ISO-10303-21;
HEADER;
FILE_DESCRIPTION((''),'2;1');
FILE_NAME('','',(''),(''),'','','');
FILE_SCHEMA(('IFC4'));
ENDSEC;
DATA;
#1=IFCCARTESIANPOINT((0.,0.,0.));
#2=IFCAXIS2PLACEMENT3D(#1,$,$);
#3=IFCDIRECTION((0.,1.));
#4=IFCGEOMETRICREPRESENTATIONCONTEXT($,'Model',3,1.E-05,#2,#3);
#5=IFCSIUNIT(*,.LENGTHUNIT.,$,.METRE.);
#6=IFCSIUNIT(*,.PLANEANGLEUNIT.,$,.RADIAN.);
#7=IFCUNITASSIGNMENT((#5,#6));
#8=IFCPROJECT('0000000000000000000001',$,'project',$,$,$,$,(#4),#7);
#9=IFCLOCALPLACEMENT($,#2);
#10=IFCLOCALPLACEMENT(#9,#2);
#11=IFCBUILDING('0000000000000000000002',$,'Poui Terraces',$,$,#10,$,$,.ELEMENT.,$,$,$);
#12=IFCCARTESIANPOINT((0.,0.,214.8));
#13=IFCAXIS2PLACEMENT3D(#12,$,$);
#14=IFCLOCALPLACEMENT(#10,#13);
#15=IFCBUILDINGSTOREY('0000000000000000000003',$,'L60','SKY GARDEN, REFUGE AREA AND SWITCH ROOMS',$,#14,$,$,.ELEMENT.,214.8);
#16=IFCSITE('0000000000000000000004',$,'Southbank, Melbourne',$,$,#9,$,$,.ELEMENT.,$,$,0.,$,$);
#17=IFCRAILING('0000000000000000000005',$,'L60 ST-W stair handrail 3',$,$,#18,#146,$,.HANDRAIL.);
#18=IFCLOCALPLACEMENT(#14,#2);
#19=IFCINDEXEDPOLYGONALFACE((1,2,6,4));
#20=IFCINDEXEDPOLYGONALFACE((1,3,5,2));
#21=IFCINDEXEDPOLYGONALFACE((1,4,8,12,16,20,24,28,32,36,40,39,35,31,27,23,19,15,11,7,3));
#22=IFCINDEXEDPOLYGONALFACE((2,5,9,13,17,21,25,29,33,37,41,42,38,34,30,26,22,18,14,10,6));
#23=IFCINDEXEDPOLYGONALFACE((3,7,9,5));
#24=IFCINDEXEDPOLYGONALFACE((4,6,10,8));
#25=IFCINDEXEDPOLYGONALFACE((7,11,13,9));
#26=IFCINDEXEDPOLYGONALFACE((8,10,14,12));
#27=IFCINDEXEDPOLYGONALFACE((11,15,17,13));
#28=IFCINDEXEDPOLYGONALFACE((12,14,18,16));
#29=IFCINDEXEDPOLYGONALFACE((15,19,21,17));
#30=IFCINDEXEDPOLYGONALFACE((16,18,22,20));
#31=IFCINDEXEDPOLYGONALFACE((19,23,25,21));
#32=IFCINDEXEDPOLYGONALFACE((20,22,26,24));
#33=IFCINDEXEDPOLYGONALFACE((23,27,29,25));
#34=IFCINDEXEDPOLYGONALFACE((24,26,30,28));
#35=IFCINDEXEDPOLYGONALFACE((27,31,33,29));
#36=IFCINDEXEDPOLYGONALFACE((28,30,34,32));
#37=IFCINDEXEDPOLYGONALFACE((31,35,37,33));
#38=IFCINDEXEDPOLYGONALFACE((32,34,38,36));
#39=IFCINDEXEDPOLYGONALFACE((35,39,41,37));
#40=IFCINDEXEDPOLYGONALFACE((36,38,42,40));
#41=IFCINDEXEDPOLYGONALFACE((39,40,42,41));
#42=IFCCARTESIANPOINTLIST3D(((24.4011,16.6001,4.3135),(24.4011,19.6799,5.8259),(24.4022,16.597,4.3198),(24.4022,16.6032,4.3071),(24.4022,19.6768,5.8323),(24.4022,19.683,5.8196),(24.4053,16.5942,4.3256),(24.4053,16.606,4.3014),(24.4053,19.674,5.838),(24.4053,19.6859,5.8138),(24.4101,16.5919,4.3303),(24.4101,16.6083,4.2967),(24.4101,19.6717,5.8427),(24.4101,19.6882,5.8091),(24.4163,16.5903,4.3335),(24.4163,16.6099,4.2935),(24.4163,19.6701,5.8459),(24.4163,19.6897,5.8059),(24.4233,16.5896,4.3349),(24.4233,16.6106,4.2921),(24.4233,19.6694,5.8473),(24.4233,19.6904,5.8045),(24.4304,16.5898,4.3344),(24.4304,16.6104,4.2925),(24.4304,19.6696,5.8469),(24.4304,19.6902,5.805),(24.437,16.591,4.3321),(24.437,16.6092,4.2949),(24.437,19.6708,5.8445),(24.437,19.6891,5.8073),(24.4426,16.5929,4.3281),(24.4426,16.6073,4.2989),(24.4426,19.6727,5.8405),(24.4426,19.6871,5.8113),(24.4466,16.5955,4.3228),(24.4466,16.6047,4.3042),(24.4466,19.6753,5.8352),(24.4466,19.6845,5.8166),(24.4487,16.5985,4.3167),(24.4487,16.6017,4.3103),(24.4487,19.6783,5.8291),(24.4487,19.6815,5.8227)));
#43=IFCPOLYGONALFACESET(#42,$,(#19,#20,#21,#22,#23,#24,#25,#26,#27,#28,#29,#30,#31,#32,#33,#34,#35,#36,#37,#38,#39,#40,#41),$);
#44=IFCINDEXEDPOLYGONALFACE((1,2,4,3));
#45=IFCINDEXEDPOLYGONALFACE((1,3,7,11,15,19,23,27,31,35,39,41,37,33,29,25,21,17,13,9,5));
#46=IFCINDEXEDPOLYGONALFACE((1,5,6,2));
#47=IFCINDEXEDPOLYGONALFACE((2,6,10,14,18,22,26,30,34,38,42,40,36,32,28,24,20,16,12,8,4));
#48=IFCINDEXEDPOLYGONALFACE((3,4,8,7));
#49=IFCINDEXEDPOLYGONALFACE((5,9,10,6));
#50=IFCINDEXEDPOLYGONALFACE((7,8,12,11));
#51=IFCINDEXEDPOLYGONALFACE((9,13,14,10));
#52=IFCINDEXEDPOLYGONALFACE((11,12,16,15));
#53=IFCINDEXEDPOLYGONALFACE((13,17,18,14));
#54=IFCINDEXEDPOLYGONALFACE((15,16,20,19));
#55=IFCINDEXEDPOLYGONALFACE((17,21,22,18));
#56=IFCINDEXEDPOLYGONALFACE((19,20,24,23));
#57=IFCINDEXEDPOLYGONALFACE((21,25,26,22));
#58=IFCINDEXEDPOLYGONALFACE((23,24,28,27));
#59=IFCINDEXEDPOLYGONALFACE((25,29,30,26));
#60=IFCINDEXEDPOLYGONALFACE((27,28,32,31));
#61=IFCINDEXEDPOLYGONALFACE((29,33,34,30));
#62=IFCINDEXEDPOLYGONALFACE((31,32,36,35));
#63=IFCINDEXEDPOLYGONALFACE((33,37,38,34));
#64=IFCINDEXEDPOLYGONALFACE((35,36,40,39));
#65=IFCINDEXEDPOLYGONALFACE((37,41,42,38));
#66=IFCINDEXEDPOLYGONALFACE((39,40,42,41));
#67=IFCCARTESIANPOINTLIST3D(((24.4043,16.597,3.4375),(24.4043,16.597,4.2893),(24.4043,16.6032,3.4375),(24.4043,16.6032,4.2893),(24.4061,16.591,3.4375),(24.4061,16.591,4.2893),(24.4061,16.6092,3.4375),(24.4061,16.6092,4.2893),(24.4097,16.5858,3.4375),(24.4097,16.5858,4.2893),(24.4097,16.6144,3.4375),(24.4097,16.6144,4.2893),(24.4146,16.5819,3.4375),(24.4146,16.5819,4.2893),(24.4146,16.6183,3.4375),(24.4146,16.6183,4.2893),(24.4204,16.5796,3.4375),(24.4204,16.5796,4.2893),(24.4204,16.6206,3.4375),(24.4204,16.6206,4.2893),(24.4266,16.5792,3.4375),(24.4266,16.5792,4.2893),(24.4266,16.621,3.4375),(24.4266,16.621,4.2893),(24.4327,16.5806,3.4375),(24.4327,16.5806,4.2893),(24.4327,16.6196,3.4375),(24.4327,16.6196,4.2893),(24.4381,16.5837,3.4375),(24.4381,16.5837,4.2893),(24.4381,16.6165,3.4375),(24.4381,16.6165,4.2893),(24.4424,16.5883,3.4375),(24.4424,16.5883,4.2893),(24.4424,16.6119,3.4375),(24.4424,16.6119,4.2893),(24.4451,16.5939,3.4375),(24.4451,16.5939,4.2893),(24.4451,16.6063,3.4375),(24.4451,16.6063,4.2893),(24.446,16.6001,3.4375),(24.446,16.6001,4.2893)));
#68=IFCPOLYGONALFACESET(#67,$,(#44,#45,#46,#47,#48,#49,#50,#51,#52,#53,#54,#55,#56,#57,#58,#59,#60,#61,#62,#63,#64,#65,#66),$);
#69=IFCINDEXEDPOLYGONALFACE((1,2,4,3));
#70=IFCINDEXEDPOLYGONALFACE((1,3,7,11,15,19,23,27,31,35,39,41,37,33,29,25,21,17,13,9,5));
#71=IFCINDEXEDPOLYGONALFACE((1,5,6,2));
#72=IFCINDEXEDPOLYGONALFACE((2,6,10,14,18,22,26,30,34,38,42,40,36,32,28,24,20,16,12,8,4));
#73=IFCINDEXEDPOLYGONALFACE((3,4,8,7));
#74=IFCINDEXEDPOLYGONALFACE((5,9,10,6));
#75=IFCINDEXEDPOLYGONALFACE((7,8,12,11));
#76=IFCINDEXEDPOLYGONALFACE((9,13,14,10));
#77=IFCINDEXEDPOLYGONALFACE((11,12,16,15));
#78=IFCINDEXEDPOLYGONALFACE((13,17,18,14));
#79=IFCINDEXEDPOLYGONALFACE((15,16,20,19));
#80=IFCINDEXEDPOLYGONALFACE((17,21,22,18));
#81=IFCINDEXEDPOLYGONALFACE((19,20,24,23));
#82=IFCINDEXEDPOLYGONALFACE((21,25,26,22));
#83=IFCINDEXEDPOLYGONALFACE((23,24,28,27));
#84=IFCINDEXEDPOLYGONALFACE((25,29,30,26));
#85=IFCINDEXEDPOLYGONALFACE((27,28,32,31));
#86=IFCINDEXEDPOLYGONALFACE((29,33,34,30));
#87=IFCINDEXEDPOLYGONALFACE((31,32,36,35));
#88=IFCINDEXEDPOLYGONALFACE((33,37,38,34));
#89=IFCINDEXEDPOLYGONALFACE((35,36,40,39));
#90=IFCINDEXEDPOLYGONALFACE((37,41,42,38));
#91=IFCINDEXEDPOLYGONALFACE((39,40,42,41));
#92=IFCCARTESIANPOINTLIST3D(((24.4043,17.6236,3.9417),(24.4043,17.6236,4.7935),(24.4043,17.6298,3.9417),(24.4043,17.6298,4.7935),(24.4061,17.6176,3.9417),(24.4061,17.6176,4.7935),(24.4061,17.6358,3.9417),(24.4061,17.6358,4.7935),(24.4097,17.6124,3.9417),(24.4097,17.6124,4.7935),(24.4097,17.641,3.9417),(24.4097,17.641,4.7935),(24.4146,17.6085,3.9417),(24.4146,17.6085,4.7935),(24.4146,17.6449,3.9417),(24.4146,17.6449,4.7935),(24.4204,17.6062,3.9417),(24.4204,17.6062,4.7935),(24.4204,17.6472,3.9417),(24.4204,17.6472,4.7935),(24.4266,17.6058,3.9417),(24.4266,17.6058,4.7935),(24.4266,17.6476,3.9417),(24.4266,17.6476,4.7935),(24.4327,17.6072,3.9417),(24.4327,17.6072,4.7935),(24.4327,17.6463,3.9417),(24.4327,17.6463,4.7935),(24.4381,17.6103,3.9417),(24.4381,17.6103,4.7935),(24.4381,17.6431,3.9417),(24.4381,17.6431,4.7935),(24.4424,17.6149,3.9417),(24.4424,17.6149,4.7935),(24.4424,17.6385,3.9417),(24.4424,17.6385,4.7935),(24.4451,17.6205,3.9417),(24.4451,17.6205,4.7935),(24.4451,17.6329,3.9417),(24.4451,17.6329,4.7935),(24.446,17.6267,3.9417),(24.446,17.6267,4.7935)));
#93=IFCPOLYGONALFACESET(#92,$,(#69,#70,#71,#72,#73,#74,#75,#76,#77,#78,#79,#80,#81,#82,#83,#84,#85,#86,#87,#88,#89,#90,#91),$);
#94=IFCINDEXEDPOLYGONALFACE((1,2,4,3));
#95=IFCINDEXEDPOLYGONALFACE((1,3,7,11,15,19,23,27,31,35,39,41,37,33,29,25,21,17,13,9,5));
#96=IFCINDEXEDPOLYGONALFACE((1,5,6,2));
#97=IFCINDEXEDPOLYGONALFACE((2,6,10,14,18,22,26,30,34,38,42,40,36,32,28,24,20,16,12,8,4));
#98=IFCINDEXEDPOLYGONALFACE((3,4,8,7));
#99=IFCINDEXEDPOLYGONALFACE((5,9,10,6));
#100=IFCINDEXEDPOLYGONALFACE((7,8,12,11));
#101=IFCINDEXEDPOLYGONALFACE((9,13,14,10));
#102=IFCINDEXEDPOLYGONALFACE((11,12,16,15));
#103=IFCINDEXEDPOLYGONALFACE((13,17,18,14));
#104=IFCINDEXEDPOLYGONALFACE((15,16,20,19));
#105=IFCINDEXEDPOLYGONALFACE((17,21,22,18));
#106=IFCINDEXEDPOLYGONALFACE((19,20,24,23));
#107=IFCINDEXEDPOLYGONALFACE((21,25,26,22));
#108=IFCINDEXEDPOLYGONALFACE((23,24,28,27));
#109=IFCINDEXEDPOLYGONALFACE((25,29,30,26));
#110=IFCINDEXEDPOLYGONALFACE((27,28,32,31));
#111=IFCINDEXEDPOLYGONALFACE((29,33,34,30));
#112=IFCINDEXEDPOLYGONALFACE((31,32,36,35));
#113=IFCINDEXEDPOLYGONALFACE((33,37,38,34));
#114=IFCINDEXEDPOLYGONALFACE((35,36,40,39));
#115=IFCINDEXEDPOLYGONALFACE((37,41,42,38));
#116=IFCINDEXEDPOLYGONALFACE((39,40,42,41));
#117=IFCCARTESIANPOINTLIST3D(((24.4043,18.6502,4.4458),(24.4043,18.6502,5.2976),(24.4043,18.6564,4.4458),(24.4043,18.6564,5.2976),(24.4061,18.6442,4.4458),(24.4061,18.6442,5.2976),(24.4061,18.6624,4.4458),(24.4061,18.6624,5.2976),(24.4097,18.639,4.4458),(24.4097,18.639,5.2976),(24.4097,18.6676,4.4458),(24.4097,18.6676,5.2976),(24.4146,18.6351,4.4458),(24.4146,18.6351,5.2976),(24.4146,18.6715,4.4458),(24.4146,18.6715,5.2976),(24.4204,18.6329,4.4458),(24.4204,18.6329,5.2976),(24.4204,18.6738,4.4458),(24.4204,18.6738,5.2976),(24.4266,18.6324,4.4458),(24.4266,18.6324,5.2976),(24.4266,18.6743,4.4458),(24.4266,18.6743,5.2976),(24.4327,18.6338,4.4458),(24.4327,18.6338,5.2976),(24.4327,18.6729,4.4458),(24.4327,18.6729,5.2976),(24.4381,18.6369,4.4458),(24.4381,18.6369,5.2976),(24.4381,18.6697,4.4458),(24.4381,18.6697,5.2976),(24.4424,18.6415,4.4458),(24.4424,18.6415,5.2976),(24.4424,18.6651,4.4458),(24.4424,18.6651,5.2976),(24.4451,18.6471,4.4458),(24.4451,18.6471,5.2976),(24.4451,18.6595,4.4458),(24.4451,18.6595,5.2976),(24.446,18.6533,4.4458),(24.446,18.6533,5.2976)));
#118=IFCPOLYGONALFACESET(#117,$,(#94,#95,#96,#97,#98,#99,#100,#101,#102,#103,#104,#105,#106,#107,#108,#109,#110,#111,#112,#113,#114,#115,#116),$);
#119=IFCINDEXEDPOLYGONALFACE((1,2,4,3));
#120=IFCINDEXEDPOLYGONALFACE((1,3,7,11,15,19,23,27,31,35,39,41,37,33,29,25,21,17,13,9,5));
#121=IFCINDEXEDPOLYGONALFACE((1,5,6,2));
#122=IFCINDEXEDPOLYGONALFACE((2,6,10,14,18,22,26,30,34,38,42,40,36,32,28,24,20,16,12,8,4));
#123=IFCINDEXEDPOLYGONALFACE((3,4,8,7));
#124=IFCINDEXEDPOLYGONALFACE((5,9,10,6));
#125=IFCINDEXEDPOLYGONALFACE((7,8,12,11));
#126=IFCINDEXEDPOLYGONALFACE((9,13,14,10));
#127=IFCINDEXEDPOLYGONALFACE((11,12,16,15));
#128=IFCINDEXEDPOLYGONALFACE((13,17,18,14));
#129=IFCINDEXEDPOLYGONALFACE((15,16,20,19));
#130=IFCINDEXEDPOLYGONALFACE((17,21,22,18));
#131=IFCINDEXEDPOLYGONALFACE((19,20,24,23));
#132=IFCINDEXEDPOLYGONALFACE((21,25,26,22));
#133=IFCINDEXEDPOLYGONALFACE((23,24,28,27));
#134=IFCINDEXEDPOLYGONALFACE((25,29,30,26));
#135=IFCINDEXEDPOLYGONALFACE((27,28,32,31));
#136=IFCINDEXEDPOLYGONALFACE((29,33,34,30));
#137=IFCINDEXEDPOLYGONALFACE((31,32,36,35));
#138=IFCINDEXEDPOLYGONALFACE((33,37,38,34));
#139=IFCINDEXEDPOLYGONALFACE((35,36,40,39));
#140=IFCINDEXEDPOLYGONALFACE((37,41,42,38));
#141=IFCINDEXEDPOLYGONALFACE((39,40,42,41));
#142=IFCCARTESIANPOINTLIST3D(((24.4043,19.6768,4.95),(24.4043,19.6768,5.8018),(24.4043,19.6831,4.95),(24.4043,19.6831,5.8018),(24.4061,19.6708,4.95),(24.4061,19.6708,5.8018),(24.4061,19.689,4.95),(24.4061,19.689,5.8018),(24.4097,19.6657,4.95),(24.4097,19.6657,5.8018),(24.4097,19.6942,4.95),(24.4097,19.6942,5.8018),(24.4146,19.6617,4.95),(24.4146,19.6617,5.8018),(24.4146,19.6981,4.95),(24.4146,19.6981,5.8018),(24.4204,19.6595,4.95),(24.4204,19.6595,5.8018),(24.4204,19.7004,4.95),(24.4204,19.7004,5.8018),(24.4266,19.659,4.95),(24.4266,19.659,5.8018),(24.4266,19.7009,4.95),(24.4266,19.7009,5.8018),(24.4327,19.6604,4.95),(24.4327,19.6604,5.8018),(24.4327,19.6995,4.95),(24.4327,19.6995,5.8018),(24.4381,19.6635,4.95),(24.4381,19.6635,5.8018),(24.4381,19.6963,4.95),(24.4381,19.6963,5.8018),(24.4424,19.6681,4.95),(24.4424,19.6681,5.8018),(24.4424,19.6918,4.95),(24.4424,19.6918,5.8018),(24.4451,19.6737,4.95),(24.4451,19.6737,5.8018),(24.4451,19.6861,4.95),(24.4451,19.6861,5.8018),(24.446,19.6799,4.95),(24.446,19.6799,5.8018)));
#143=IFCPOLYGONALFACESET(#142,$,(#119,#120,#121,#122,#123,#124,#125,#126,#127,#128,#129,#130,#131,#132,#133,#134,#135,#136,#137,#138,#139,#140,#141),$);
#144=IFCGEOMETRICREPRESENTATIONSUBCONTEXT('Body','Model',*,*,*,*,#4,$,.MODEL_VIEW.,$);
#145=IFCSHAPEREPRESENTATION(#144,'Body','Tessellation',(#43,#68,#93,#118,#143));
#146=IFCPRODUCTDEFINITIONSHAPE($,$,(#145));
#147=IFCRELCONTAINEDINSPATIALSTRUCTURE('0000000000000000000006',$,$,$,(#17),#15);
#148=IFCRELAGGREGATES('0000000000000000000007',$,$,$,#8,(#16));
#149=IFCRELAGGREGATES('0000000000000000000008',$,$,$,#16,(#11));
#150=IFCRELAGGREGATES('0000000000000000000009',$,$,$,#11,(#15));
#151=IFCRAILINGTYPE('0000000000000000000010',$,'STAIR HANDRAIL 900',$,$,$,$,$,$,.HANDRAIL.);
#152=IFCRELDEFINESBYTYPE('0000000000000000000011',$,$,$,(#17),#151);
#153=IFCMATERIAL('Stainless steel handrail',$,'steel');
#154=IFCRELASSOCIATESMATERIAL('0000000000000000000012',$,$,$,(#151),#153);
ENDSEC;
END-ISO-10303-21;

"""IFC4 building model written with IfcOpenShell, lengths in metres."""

from ifc_helpers import new_model, si_unit, direction, frame, origin, origin_2d, place, context, subcontext, project, spatial, circle, extrude, material, type_object, element, save


model = new_model("IFC4")

# Units and contexts
model_context = context("Model", 3, precision=1e-05, world=origin(), true_north=direction((0.0, 1.0)))
body_context = subcontext(model_context, "Body", "Model", "MODEL_VIEW")
ifc_project = project(units=[si_unit("LENGTHUNIT", "METRE"), si_unit("PLANEANGLEUNIT", "RADIAN")], contexts=[model_context])

# Site, building, storey
site_placement = place(None, origin())
site = spatial("IfcSite", under=ifc_project, at=site_placement, Name="Southbank, Melbourne", CompositionType="ELEMENT", RefElevation=0.0)
building_placement = place(site_placement, origin())
building = spatial("IfcBuilding", under=site, at=building_placement, Name="Poui Terraces", CompositionType="ELEMENT")
storey_placement = place(building_placement, frame((0.0, 0.0, 214.8)))
storey = spatial("IfcBuildingStorey", under=building, at=storey_placement, Name="L60", Description="SKY GARDEN, REFUGE AREA AND SWITCH ROOMS", CompositionType="ELEMENT", Elevation=214.8)

# Railing
ifc_material_1 = material(Name="Stainless steel handrail", Category="steel")
railing_type_1 = type_object("IfcRailingType", Name="STAIR HANDRAIL 900", PredefinedType="HANDRAIL", material=ifc_material_1)
for number, where, name in (
    (1, (24.425, 16.6001, 3.4375), "L60 ST-W stair handrail 3"),
):
    element("IfcRailing", number, at=place(storey_placement, frame(where)), inside=storey, type_object=railing_type_1, Name=name, PredefinedType="HANDRAIL", context=body_context, shape_type="SweptSolid", body=[
        extrude(circle(Radius=0.0239, at=origin_2d()), frame((0.0, 0.0, 0.876), z_axis=(0.0, 0.897606, 0.440798), x_axis=(-1.0, 0.0, 0.0)), (0.0, 0.0, 1.0), 3.4312),
        extrude(circle(Radius=0.021, at=origin_2d()), origin(), (0.0, 0.0, 1.0), 0.8518),
        extrude(circle(Radius=0.021, at=origin_2d()), frame((0.0, 1.0266, 0.5042)), (0.0, 0.0, 1.0), 0.8518),
        extrude(circle(Radius=0.021, at=origin_2d()), frame((0.0, 2.0532, 1.0083)), (0.0, 0.0, 1.0), 0.8518),
        extrude(circle(Radius=0.021, at=origin_2d()), frame((0.0, 3.0798, 1.5125)), (0.0, 0.0, 1.0), 0.8518),
    ])

save(model, "model.ifc")
